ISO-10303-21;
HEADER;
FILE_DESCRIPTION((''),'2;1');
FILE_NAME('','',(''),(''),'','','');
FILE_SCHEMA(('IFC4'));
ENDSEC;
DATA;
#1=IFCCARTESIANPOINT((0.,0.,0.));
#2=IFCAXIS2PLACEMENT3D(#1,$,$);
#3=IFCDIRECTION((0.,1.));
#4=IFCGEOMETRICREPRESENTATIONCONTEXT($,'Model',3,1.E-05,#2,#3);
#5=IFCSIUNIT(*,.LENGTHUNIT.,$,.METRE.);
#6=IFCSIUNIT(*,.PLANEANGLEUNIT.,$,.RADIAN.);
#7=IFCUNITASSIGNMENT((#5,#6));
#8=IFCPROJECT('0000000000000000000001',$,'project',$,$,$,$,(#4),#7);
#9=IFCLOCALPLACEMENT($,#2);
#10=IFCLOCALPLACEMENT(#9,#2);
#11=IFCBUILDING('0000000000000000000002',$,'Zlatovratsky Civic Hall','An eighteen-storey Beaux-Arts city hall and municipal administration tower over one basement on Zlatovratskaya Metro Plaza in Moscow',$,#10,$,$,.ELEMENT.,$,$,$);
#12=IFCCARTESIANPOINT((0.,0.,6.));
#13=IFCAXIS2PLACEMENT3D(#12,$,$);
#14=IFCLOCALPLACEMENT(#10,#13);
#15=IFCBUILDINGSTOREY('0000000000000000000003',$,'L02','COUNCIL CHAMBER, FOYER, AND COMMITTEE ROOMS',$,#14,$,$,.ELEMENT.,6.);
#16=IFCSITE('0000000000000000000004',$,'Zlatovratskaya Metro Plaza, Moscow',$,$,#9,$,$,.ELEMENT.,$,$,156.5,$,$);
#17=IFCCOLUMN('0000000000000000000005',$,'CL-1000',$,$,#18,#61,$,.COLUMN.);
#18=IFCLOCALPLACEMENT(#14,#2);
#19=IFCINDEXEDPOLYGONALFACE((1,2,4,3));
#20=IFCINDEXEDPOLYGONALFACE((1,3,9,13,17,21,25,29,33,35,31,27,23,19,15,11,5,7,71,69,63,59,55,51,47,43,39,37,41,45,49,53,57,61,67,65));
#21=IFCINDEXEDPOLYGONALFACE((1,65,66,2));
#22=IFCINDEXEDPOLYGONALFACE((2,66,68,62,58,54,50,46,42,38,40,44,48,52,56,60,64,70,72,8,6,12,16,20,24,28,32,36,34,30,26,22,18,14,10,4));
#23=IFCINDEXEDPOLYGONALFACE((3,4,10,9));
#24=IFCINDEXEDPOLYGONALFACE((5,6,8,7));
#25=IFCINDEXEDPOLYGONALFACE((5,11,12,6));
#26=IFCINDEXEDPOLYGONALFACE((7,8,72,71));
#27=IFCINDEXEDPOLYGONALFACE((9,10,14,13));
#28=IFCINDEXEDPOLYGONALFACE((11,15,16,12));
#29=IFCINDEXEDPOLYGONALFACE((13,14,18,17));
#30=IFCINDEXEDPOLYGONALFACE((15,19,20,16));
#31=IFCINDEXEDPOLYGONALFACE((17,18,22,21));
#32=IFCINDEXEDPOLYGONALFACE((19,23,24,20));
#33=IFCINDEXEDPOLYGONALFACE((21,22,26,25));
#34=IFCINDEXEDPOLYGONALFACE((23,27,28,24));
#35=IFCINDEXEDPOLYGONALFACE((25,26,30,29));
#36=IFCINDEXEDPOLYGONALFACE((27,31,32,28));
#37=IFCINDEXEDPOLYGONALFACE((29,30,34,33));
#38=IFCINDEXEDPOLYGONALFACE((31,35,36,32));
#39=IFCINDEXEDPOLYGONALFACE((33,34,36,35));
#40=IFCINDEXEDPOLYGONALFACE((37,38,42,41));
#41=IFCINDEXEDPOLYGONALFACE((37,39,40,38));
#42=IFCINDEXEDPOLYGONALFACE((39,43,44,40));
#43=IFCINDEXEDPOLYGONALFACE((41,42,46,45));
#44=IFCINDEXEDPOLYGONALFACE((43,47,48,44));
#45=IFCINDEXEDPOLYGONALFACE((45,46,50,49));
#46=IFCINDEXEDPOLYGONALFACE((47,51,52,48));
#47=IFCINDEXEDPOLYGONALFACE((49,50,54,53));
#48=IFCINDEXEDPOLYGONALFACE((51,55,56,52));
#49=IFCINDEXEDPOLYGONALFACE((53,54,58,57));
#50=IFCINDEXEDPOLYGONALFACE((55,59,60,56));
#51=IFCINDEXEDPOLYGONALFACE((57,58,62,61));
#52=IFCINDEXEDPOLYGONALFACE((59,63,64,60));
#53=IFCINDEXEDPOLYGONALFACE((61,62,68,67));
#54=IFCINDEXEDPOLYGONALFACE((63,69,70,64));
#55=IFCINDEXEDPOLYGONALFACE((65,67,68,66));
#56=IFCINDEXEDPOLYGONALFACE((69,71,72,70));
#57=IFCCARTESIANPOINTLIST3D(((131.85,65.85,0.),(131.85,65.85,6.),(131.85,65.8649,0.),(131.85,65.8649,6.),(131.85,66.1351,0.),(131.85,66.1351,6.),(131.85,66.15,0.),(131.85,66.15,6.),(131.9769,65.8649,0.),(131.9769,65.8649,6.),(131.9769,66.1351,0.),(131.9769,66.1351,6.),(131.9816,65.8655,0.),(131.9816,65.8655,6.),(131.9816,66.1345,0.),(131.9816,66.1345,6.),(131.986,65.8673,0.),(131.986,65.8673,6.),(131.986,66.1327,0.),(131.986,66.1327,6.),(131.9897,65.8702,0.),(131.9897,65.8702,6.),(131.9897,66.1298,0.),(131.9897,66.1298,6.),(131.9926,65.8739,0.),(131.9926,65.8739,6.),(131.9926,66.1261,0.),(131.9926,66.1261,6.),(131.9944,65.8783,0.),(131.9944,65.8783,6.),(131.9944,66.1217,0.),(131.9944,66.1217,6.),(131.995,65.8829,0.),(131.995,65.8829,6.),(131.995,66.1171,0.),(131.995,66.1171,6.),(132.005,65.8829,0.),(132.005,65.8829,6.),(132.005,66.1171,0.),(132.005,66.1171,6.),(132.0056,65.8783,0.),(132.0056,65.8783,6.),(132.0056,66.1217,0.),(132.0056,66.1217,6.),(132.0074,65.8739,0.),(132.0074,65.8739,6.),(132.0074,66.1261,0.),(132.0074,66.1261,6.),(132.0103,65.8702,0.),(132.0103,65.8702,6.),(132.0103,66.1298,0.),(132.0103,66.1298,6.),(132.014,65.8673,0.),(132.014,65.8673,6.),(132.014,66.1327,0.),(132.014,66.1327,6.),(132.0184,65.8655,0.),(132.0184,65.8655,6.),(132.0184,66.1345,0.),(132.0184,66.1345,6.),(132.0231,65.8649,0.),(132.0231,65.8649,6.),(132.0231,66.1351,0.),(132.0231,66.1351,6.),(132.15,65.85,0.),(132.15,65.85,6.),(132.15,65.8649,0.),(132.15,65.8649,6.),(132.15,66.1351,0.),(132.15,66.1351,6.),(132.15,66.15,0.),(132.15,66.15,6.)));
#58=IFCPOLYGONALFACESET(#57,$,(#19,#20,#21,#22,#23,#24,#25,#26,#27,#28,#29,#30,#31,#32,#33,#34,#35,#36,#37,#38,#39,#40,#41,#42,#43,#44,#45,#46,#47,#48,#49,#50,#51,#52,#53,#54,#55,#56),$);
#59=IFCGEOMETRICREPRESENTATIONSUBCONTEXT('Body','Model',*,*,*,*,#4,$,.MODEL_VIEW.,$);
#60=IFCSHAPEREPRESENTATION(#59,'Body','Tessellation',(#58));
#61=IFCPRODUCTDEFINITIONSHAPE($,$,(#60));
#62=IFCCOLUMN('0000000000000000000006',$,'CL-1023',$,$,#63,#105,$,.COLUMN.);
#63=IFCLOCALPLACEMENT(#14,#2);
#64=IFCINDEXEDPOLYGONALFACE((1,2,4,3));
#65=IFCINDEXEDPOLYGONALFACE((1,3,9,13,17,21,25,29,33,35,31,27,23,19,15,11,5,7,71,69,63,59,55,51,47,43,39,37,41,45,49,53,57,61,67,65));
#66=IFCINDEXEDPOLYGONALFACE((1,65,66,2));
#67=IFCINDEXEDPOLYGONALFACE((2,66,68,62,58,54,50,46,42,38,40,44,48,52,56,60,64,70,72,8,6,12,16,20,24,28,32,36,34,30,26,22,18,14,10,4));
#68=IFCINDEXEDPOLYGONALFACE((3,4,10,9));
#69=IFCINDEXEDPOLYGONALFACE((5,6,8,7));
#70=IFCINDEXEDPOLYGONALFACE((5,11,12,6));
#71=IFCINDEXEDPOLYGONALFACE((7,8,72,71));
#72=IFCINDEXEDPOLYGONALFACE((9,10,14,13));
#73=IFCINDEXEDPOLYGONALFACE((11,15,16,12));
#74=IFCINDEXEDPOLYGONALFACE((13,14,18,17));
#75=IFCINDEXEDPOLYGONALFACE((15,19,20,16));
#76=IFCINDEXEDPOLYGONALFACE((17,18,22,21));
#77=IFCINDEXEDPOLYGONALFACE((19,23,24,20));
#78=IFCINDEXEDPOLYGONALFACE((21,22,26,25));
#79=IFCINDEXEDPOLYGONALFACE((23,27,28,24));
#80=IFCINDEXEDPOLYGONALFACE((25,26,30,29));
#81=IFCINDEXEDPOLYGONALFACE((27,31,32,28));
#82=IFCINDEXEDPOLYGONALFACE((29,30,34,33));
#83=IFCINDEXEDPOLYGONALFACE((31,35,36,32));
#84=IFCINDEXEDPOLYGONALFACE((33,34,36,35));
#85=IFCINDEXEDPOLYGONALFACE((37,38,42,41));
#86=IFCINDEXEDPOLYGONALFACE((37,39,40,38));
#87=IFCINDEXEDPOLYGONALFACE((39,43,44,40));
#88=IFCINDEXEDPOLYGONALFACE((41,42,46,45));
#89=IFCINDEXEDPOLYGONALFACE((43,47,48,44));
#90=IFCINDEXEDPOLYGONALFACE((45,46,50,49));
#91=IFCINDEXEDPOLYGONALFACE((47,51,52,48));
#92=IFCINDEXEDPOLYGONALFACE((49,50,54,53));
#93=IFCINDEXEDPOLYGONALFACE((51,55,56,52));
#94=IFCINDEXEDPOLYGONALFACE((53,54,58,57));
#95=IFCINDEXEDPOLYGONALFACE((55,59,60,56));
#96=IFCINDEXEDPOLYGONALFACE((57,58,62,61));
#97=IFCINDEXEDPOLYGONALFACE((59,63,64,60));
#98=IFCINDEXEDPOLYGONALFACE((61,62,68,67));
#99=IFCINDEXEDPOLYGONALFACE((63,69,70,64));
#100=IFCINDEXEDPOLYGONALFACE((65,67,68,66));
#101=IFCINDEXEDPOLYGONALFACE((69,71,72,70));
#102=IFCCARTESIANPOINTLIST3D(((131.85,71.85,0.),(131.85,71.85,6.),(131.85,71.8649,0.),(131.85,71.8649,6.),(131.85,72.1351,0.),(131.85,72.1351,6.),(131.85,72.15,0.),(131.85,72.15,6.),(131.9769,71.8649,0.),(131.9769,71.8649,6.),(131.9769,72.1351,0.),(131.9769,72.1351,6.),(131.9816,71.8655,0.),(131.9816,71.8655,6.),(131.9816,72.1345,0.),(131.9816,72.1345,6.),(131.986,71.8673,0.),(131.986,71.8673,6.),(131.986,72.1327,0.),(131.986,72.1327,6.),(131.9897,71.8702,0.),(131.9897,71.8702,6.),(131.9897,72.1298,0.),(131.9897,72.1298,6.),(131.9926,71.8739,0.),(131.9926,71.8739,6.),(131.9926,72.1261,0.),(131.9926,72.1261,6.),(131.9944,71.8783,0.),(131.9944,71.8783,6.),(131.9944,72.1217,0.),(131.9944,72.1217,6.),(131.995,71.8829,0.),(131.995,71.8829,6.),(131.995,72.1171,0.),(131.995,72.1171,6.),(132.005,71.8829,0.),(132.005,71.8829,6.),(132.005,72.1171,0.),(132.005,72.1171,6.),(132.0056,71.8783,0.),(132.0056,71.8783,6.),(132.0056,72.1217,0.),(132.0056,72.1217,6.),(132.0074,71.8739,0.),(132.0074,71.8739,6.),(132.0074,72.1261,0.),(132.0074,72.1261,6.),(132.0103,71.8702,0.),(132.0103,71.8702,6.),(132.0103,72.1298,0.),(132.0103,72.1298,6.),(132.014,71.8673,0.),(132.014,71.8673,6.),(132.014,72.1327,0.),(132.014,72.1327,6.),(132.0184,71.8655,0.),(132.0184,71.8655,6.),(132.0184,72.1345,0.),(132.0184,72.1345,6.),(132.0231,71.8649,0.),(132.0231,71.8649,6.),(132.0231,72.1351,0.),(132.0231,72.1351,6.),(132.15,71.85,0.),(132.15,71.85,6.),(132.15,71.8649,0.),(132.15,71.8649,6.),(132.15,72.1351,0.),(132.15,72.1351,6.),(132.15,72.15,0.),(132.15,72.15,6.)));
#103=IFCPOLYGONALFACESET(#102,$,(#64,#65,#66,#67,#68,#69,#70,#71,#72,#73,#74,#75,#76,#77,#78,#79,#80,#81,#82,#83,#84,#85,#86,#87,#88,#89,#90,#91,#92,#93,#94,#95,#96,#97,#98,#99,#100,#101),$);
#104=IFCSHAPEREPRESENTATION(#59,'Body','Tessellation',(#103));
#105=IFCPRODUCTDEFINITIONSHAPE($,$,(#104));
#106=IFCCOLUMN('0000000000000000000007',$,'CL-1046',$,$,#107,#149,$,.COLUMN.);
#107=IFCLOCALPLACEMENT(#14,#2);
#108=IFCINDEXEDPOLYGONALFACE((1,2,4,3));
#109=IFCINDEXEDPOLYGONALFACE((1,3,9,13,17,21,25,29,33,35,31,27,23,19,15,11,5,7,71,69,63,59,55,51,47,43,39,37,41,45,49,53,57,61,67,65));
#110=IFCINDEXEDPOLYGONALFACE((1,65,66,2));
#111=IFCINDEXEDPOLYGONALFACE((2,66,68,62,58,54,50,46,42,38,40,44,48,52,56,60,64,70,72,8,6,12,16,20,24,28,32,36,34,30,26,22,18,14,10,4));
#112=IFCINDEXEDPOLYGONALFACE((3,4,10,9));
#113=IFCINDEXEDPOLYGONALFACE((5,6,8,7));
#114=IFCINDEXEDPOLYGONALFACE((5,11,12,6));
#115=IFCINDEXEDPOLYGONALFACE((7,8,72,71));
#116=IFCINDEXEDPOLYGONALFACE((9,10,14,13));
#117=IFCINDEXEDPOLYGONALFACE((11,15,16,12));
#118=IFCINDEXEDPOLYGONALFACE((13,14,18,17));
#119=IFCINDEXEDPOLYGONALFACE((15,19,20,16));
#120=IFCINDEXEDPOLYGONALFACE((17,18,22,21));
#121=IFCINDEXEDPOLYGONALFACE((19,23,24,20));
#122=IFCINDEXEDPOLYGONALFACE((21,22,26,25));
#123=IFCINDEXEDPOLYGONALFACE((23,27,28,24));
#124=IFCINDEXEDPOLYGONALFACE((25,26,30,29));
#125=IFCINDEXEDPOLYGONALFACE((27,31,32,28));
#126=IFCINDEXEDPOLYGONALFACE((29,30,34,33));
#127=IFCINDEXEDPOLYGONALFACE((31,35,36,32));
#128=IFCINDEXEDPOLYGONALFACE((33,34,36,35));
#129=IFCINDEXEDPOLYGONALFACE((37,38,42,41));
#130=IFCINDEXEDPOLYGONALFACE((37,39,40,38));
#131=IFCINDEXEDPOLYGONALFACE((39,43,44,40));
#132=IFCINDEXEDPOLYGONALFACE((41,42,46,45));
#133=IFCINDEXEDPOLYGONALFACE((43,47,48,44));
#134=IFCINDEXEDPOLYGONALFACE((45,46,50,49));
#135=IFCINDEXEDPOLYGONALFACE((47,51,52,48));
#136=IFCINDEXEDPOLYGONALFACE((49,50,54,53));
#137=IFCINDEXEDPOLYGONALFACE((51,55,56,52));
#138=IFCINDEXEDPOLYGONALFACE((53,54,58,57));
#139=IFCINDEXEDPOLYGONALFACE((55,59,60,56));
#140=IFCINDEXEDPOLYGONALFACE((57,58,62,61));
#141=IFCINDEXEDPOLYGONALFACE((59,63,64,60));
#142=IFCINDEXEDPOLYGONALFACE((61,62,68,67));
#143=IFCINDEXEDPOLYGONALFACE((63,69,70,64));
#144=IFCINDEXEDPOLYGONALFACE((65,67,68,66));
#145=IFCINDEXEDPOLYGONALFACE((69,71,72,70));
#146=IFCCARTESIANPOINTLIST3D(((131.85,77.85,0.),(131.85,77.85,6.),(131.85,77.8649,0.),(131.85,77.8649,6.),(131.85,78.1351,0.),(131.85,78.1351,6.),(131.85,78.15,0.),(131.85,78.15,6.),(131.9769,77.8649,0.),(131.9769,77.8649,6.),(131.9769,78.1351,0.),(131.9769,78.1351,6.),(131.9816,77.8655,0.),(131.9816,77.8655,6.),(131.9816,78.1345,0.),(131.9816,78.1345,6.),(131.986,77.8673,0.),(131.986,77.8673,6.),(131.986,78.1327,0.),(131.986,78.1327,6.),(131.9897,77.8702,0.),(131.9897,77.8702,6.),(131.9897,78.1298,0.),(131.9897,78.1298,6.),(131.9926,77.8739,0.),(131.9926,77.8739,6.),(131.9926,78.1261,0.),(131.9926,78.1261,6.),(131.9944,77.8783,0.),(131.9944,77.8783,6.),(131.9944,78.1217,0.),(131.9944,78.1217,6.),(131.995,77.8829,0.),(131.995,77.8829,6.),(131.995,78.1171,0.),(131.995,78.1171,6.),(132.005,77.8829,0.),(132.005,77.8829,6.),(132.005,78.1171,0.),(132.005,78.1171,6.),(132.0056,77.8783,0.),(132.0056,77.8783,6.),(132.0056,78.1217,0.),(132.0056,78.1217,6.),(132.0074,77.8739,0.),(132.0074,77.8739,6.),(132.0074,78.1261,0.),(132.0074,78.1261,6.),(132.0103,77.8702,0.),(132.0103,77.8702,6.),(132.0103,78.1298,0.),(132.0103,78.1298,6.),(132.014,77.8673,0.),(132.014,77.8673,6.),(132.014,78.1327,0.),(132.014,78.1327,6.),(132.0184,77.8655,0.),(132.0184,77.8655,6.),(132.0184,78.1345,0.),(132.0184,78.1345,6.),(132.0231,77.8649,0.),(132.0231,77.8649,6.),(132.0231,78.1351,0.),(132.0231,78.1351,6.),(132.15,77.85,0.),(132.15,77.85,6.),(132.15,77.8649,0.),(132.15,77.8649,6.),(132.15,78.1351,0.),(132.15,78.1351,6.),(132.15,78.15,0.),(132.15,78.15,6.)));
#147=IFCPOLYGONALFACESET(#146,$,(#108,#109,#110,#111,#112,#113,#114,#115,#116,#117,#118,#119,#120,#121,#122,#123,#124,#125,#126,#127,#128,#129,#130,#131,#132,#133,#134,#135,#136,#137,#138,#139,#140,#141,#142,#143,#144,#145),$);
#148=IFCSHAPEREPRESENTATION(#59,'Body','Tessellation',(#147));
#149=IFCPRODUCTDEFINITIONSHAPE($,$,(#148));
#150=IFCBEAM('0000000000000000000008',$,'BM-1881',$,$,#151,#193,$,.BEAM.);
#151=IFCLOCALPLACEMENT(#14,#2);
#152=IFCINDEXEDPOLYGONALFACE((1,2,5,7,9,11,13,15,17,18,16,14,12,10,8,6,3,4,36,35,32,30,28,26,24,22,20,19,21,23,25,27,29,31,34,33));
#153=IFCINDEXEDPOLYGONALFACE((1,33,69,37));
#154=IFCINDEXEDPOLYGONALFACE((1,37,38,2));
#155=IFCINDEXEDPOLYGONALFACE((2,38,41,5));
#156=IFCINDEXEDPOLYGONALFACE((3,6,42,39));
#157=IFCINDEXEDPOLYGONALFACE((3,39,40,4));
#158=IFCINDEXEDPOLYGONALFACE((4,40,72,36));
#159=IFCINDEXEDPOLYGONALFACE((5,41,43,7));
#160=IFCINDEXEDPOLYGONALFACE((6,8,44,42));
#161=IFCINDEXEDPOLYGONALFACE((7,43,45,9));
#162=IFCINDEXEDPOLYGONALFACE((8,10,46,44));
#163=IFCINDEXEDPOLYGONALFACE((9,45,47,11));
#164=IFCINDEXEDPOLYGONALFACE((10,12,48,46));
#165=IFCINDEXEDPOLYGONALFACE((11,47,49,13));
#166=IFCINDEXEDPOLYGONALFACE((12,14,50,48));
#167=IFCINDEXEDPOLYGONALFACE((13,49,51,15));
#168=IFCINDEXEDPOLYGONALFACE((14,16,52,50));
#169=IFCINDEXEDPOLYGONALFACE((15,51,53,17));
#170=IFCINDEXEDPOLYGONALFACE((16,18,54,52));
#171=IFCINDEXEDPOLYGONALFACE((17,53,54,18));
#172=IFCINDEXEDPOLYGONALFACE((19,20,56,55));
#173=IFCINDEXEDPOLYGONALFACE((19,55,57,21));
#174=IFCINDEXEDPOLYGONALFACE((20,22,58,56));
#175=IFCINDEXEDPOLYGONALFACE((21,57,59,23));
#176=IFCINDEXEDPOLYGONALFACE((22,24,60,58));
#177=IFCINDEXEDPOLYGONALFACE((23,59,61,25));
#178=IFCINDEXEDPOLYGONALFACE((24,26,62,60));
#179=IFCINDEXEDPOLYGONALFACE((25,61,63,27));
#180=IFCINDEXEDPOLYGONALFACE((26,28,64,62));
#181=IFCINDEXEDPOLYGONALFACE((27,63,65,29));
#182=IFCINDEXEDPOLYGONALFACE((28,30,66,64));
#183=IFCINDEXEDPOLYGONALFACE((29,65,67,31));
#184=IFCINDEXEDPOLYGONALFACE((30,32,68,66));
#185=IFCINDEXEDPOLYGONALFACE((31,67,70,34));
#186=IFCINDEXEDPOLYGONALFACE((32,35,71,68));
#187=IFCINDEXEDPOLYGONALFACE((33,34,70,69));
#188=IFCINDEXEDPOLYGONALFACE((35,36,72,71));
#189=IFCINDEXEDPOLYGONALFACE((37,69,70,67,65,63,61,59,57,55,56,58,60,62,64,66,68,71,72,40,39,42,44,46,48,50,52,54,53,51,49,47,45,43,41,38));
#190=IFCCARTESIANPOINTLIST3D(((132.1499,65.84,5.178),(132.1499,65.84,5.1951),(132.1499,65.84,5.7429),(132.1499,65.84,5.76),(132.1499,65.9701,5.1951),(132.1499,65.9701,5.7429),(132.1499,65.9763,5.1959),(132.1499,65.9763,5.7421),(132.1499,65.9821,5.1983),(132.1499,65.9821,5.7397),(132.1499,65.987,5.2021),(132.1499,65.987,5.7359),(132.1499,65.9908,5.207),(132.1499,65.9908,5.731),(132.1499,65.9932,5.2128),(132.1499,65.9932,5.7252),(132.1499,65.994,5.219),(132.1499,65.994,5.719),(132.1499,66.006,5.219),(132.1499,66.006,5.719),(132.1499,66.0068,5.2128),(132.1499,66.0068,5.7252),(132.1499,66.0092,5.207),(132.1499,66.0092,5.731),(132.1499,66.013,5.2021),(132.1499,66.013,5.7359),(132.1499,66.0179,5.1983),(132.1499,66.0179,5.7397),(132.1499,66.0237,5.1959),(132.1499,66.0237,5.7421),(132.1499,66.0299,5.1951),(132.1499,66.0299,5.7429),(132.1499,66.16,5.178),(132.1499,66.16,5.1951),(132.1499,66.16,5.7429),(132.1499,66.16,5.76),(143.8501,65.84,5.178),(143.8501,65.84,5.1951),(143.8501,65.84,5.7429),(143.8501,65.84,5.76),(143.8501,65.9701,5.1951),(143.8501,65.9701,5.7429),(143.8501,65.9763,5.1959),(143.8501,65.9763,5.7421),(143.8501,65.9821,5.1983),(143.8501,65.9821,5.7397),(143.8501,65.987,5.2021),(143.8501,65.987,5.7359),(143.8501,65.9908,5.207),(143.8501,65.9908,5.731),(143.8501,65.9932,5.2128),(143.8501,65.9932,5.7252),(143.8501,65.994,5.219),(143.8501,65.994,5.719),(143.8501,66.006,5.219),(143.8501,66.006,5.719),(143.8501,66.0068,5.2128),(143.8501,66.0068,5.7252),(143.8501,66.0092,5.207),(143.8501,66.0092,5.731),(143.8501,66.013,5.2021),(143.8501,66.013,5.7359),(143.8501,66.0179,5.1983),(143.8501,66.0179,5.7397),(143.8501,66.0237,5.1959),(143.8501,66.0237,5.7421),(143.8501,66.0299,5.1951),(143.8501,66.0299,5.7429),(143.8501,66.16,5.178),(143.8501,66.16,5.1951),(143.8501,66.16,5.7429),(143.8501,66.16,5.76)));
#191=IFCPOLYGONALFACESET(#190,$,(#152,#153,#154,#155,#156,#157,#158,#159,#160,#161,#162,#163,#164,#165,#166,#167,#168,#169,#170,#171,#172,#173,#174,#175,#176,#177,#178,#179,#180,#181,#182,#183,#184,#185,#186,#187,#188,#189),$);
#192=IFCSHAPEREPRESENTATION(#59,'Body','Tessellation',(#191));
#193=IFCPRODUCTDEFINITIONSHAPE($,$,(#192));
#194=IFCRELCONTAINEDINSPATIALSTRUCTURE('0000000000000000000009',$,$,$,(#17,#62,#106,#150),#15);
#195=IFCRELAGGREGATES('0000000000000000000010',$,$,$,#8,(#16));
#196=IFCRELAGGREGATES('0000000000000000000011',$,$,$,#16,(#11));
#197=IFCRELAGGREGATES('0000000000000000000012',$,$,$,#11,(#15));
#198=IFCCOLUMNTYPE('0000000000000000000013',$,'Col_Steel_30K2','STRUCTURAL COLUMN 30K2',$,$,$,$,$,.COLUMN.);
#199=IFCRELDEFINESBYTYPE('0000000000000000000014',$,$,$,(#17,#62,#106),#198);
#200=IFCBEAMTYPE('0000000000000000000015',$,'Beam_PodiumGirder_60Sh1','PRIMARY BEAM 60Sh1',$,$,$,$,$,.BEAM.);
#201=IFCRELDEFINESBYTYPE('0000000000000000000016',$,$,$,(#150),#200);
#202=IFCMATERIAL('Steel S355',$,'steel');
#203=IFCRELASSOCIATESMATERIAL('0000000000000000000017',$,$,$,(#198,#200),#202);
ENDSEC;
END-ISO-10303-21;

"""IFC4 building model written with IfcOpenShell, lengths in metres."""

from ifc_helpers import new_model, si_unit, direction, frame, origin, origin_2d, place, context, subcontext, project, spatial, i_section, extrude, material, material_profile, profile_set, type_object, element, save


model = new_model("IFC4")

# Units and contexts
model_context = context("Model", 3, precision=1e-05, world=origin(), true_north=direction((0.0, 1.0)))
body_context = subcontext(model_context, "Body", "Model", "MODEL_VIEW")
ifc_project = project(units=[si_unit("LENGTHUNIT", "METRE"), si_unit("PLANEANGLEUNIT", "RADIAN")], contexts=[model_context])

# Site, building, storey
site_placement = place(None, origin())
site = spatial("IfcSite", under=ifc_project, at=site_placement, Name="Zlatovratskaya Metro Plaza, Moscow", CompositionType="ELEMENT", RefElevation=156.5)
building_placement = place(site_placement, origin())
building = spatial("IfcBuilding", under=site, at=building_placement, Name="Zlatovratsky Civic Hall", Description="An eighteen-storey Beaux-Arts city hall and municipal administration tower over one basement on Zlatovratskaya Metro Plaza in Moscow", CompositionType="ELEMENT")
storey_placement = place(building_placement, frame((0.0, 0.0, 6.0)))
storey = spatial("IfcBuildingStorey", under=building, at=storey_placement, Name="L02", Description="COUNCIL CHAMBER, FOYER, AND COMMITTEE ROOMS", CompositionType="ELEMENT", Elevation=6.0)

# Columns
ifc_material_1 = material(Name="Steel S355", Category="steel")
ifc_material_profile_1 = material_profile(ifc_material_1, i_section(OverallWidth=0.3, OverallDepth=0.3, WebThickness=0.01, FlangeThickness=0.0149, FilletRadius=0.0181, at=origin_2d()), Name="30K2")
ifc_profile_set_1 = profile_set([ifc_material_profile_1], Name="Steel S355")
column_type = type_object("IfcColumnType", Name="Col_Steel_30K2", Description="STRUCTURAL COLUMN 30K2", PredefinedType="COLUMN", material=ifc_profile_set_1)
for number, where, z_axis, x_axis, name in (
    (1, (132.0, 66.0, 0.0), (0.0, 0.0, 1.0), (1.0, 0.0, 0.0), "CL-1000"),
    (2, (132.0, 72.0, 0.0), (0.0, 0.0, 1.0), (1.0, 0.0, 0.0), "CL-1023"),
    (3, (132.0, 78.0, 0.0), (0.0, 0.0, 1.0), (1.0, 0.0, 0.0), "CL-1046"),
):
    element("IfcColumn", number, at=place(storey_placement, frame(where, z_axis=z_axis, x_axis=x_axis)), inside=storey, type_object=column_type, Name=name, PredefinedType="COLUMN", context=body_context, shape_type="SweptSolid", body=[
        extrude(i_section(OverallWidth=0.3, OverallDepth=0.3, WebThickness=0.01, FlangeThickness=0.0149, FilletRadius=0.0181, at=origin_2d()), origin(), (0.0, 0.0, 1.0), 6.0),
    ])

# Beam
ifc_material_profile_2 = material_profile(ifc_material_1, i_section(OverallWidth=0.3201, OverallDepth=0.582, WebThickness=0.012, FlangeThickness=0.0171, FilletRadius=0.0239, at=origin_2d()), Name="60Sh1")
ifc_profile_set_2 = profile_set([ifc_material_profile_2], Name="Steel S355")
beam_type_1 = type_object("IfcBeamType", Name="Beam_PodiumGirder_60Sh1", Description="PRIMARY BEAM 60Sh1", PredefinedType="BEAM", material=ifc_profile_set_2)
for number, where, z_axis, x_axis, name in (
    (4, (132.1499, 66.0, 5.469), (1.0, 0.0, 0.0), (0.0, 1.0, 0.0), "BM-1881"),
):
    element("IfcBeam", number, at=place(storey_placement, frame(where, z_axis=z_axis, x_axis=x_axis)), inside=storey, type_object=beam_type_1, Name=name, PredefinedType="BEAM", context=body_context, shape_type="SweptSolid", body=[
        extrude(i_section(OverallWidth=0.3201, OverallDepth=0.582, WebThickness=0.012, FlangeThickness=0.0171, FilletRadius=0.0239, at=origin_2d()), origin(), (0.0, 0.0, 1.0), 11.7002),
    ])

save(model, "model.ifc")
